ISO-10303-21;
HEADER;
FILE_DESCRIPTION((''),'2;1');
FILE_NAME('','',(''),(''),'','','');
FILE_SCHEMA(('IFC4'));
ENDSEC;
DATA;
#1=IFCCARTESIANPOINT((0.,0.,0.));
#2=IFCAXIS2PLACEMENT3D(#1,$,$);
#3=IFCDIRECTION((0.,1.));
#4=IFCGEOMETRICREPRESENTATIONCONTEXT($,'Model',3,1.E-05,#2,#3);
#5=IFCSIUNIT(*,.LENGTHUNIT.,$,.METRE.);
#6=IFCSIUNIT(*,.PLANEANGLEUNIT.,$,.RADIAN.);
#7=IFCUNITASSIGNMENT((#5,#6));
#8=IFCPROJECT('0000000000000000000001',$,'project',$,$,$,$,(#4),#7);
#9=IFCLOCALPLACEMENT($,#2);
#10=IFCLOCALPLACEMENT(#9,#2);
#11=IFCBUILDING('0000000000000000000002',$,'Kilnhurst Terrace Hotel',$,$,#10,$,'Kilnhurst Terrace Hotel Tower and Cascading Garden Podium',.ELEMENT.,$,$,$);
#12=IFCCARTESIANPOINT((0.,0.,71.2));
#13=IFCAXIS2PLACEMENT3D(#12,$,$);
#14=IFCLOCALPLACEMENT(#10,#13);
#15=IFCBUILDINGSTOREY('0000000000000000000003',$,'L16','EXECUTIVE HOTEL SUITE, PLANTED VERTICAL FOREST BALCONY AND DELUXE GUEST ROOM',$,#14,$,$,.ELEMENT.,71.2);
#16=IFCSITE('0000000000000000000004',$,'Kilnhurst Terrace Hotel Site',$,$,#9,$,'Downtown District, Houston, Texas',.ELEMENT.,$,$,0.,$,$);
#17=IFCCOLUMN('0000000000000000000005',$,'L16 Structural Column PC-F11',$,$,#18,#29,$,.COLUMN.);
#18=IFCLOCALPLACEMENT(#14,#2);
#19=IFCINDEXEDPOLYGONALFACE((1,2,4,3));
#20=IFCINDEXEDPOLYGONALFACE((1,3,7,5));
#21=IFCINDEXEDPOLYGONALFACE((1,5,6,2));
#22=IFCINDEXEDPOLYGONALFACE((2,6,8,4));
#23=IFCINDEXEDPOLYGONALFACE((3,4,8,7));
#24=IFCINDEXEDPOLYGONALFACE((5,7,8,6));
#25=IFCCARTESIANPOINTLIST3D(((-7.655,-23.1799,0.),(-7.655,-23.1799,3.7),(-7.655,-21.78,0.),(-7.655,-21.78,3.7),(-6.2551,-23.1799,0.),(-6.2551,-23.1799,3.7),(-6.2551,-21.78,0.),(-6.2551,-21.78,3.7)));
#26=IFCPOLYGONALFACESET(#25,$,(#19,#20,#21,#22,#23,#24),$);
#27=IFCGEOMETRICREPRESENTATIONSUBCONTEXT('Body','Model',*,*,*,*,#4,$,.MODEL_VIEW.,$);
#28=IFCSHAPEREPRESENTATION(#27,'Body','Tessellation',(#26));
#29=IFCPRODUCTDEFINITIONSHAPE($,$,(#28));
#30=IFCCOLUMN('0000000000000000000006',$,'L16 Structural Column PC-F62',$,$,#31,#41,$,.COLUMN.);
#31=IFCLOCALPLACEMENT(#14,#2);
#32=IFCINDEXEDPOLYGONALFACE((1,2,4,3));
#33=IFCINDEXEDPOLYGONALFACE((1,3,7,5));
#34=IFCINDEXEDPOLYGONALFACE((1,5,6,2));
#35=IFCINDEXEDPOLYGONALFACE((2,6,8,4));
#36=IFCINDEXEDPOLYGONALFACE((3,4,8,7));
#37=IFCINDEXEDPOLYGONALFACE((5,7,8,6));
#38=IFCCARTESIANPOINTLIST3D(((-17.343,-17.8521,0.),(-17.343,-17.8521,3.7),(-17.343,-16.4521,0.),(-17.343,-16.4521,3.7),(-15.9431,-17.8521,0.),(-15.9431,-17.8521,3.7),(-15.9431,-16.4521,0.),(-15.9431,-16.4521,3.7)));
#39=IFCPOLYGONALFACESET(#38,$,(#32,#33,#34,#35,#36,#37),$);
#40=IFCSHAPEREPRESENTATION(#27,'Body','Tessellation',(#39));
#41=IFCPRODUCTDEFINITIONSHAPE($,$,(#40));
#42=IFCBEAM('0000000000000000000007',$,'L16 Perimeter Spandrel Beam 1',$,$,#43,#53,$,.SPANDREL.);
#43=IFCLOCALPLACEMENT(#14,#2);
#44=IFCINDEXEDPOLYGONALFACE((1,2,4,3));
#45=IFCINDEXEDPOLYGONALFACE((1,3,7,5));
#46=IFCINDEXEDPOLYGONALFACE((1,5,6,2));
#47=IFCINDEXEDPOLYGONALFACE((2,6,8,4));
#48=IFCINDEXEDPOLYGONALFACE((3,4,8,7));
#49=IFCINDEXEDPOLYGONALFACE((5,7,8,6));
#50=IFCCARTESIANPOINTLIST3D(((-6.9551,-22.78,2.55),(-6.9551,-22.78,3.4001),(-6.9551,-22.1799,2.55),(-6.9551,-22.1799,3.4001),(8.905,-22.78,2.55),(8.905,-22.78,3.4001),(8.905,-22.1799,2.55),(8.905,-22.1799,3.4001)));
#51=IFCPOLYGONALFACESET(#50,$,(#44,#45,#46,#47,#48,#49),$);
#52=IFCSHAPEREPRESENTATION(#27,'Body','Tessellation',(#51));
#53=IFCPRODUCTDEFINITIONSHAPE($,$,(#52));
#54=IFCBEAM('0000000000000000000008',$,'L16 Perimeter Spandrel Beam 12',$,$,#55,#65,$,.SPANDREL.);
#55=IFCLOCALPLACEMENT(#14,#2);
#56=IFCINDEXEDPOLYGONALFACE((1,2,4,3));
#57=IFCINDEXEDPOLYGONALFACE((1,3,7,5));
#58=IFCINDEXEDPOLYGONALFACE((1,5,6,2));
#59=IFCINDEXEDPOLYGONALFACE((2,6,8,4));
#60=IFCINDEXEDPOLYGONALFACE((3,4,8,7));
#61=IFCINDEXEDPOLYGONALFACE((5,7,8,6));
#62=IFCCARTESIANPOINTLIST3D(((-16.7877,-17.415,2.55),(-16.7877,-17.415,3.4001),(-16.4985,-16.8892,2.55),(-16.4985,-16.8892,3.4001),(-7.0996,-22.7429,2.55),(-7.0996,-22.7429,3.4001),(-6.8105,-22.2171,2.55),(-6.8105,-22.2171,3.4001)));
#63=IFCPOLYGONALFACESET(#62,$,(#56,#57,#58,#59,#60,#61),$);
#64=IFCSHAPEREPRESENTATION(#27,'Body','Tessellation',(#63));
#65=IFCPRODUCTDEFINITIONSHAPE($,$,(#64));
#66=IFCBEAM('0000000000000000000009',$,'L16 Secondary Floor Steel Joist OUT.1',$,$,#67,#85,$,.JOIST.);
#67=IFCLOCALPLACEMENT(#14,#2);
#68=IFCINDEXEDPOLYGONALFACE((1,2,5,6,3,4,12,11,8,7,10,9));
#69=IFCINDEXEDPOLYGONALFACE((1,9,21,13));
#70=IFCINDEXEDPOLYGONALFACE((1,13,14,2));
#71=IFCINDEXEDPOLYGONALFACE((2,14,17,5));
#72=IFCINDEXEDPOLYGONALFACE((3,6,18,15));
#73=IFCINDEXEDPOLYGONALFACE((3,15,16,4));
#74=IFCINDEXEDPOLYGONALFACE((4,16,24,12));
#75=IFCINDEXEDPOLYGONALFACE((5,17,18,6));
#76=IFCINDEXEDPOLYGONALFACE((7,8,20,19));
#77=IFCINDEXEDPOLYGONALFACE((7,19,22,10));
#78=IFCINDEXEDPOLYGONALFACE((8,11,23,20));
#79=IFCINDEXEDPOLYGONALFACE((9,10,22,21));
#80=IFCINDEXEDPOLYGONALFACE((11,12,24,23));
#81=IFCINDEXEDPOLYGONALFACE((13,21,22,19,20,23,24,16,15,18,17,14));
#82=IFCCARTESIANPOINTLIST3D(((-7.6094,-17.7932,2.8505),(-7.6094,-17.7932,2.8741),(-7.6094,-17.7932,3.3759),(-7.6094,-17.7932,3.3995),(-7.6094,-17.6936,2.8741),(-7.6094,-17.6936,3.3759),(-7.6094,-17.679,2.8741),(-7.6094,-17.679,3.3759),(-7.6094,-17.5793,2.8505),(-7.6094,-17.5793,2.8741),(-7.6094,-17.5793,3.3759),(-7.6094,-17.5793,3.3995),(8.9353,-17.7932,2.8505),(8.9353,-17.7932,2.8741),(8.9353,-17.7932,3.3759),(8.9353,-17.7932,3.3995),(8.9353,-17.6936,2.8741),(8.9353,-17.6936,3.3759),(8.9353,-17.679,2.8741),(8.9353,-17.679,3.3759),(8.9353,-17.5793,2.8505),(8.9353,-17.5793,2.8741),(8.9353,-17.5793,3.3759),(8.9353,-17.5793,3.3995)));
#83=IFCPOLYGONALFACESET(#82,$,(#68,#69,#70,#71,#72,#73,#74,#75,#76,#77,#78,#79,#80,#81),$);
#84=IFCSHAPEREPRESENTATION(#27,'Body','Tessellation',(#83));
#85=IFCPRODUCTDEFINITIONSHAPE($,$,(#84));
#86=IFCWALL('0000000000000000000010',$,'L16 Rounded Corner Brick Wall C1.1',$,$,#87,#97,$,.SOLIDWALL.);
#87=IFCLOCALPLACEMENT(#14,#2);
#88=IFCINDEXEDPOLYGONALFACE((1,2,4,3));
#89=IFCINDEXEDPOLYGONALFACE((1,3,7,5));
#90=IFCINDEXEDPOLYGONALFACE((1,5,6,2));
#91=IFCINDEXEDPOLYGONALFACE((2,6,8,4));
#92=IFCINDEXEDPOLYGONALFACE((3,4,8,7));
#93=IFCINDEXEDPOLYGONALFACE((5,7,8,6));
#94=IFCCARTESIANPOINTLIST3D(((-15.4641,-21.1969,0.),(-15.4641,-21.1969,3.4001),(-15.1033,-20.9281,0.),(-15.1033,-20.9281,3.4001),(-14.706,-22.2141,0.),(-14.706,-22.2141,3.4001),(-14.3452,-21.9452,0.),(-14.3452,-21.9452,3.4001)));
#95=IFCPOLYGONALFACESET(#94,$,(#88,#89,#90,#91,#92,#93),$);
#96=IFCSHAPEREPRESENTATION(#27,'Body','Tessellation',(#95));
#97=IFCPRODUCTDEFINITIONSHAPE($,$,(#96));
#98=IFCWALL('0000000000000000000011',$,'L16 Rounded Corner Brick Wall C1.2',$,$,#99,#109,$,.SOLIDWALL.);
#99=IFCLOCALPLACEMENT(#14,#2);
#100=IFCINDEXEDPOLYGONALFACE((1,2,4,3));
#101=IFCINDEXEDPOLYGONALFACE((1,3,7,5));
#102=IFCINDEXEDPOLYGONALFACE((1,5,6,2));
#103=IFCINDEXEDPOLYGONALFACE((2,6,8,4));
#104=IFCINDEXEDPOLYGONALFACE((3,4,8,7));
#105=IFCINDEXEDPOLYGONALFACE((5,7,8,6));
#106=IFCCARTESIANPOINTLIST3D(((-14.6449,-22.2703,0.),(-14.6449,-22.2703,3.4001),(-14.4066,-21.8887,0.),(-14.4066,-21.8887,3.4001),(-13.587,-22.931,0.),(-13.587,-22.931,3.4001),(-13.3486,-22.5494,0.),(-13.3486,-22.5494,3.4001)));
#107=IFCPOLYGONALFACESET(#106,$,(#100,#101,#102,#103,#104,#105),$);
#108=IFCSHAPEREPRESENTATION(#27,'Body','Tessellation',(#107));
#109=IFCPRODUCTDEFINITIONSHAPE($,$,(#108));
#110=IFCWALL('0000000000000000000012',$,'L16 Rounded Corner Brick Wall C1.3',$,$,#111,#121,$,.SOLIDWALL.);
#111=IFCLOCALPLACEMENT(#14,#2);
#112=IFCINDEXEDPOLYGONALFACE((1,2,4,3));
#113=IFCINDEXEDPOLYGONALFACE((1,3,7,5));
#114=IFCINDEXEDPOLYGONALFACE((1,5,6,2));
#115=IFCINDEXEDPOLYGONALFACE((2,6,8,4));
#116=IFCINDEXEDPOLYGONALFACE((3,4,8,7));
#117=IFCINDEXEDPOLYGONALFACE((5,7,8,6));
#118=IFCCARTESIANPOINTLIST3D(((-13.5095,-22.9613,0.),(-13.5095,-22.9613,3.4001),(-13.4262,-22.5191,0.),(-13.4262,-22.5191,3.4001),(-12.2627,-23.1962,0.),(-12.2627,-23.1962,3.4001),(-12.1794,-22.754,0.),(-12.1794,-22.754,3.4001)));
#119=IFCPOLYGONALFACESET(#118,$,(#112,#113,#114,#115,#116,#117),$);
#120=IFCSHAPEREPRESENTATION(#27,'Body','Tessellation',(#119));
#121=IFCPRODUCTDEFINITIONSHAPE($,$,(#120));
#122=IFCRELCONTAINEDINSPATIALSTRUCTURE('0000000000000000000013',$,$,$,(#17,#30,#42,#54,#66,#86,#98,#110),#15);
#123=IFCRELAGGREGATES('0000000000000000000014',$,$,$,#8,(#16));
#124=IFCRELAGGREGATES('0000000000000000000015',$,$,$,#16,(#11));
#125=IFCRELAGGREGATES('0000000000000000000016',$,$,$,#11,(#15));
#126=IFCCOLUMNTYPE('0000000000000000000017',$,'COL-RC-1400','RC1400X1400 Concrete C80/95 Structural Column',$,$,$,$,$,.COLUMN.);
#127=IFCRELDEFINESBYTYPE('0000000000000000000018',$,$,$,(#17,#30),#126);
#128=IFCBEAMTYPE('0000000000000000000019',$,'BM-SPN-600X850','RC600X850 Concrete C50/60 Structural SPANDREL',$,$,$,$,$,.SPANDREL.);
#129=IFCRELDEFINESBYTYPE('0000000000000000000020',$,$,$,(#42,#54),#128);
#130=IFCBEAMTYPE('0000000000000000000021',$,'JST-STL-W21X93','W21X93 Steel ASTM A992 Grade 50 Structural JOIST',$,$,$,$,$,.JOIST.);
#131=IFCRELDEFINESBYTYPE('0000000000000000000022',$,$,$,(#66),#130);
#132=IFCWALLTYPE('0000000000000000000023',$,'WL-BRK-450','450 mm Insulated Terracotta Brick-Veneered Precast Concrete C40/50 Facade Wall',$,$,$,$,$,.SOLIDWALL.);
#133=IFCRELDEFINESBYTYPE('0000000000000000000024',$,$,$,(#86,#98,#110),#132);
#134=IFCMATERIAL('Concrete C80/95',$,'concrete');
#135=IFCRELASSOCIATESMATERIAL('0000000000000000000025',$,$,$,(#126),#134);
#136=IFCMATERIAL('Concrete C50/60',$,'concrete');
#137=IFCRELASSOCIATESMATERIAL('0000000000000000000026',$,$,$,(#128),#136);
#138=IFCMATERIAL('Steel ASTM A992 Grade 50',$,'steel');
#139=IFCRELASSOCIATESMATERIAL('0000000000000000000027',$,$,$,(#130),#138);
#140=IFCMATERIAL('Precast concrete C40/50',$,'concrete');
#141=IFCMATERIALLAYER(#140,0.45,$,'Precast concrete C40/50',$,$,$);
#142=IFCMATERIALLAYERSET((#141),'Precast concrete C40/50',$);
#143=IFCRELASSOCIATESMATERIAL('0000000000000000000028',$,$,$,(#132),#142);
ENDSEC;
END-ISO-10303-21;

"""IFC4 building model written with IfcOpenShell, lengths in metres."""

from ifc_helpers import new_model, si_unit, direction, frame, frame_2d, origin, origin_2d, place, context, subcontext, project, spatial, rectangle, i_section, extrude, material, layer, layer_set, material_profile, profile_set, type_object, element, save


model = new_model("IFC4")

# Units and contexts
model_context = context("Model", 3, precision=1e-05, world=origin(), true_north=direction((0.0, 1.0)))
body_context = subcontext(model_context, "Body", "Model", "MODEL_VIEW")
ifc_project = project(units=[si_unit("LENGTHUNIT", "METRE"), si_unit("PLANEANGLEUNIT", "RADIAN")], contexts=[model_context])

# Site, building, storey
site_placement = place(None, origin())
site = spatial("IfcSite", under=ifc_project, at=site_placement, Name="Kilnhurst Terrace Hotel Site", LongName="Downtown District, Houston, Texas", CompositionType="ELEMENT", RefElevation=0.0)
building_placement = place(site_placement, origin())
building = spatial("IfcBuilding", under=site, at=building_placement, Name="Kilnhurst Terrace Hotel", LongName="Kilnhurst Terrace Hotel Tower and Cascading Garden Podium", CompositionType="ELEMENT")
storey_placement = place(building_placement, frame((0.0, 0.0, 71.2)))
storey = spatial("IfcBuildingStorey", under=building, at=storey_placement, Name="L16", Description="EXECUTIVE HOTEL SUITE, PLANTED VERTICAL FOREST BALCONY AND DELUXE GUEST ROOM", CompositionType="ELEMENT", Elevation=71.2)

# Columns
ifc_material_1 = material(Name="Concrete C80/95", Category="concrete")
ifc_material_profile_1 = material_profile(ifc_material_1, rectangle(XDim=1.3999, YDim=1.3999, at=origin_2d()), Name="RC1400X1400")
ifc_profile_set_1 = profile_set([ifc_material_profile_1], Name="Concrete C80/95")
column_type = type_object("IfcColumnType", Name="COL-RC-1400", Description="RC1400X1400 Concrete C80/95 Structural Column", PredefinedType="COLUMN", material=ifc_profile_set_1)
for number, where, z_axis, x_axis, name in (
    (1, (-6.9551, -22.48, 0.0), (0.0, 0.0, 1.0), (1.0, 0.0, 0.0), "L16 Structural Column PC-F11"),
    (2, (-16.6431, -17.1521, 0.0), (0.0, 0.0, 1.0), (1.0, 0.0, 0.0), "L16 Structural Column PC-F62"),
):
    element("IfcColumn", number, at=place(storey_placement, frame(where, z_axis=z_axis, x_axis=x_axis)), inside=storey, type_object=column_type, Name=name, PredefinedType="COLUMN", context=body_context, shape_type="SweptSolid", body=[
        extrude(rectangle(XDim=1.3999, YDim=1.3999, at=origin_2d()), origin(), (0.0, 0.0, 1.0), 3.7),
    ])

# Beams
ifc_material_2 = material(Name="Concrete C50/60", Category="concrete")
ifc_material_profile_2 = material_profile(ifc_material_2, rectangle(XDim=0.6001, YDim=0.8501, at=origin_2d()), Name="RC600X850")
ifc_profile_set_2 = profile_set([ifc_material_profile_2], Name="Concrete C50/60")
beam_type_1 = type_object("IfcBeamType", Name="BM-SPN-600X850", Description="RC600X850 Concrete C50/60 Structural SPANDREL", PredefinedType="SPANDREL", material=ifc_profile_set_2)
beam_1_placement = place(storey_placement, frame((-6.9551, -22.48, 2.9751), z_axis=(1.0, 0.0, 0.0), x_axis=(0.0, 1.0, 0.0)))
element("IfcBeam", 3, at=beam_1_placement, inside=storey, type_object=beam_type_1, Name="L16 Perimeter Spandrel Beam 1", PredefinedType="SPANDREL", context=body_context, shape_type="SweptSolid", body=[
    extrude(rectangle(XDim=0.6001, YDim=0.8501, at=origin_2d()), origin(), (0.0, 0.0, 1.0), 15.8601),
])
beam_2_placement = place(storey_placement, frame((-16.6431, -17.1521, 2.9751), z_axis=(0.876235, -0.481883, 0.0), x_axis=(0.481883, 0.876235, 0.0)))
element("IfcBeam", 4, at=beam_2_placement, inside=storey, type_object=beam_type_1, Name="L16 Perimeter Spandrel Beam 12", PredefinedType="SPANDREL", context=body_context, shape_type="SweptSolid", body=[
    extrude(rectangle(XDim=0.6001, YDim=0.8501, at=origin_2d()), origin(), (0.0, 0.0, 1.0), 11.0564),
])
ifc_material_3 = material(Name="Steel ASTM A992 Grade 50", Category="steel")
ifc_material_profile_3 = material_profile(ifc_material_3, i_section(OverallWidth=0.2139, OverallDepth=0.5491, WebThickness=0.0146, FlangeThickness=0.0237, at=origin_2d()), Name="W21X93")
ifc_profile_set_3 = profile_set([ifc_material_profile_3], Name="Steel ASTM A992 Grade 50")
beam_type_2 = type_object("IfcBeamType", Name="JST-STL-W21X93", Description="W21X93 Steel ASTM A992 Grade 50 Structural JOIST", PredefinedType="JOIST", material=ifc_profile_set_3)
beam_3_placement = place(storey_placement, frame((-7.6094, -17.6863, 3.125), z_axis=(1.0, 0.0, 0.0), x_axis=(0.0, 1.0, 0.0)))
element("IfcBeam", 5, at=beam_3_placement, inside=storey, type_object=beam_type_2, Name="L16 Secondary Floor Steel Joist OUT.1", PredefinedType="JOIST", context=body_context, shape_type="SweptSolid", body=[
    extrude(i_section(OverallWidth=0.2139, OverallDepth=0.5491, WebThickness=0.0146, FlangeThickness=0.0237, at=origin_2d()), origin(), (0.0, 0.0, 1.0), 16.5447),
])

# Walls
ifc_material_4 = material(Name="Precast concrete C40/50", Category="concrete")
ifc_layer_1 = layer(ifc_material_4, 0.45, Name="Precast concrete C40/50")
ifc_layer_set_1 = layer_set([ifc_layer_1], Name="Precast concrete C40/50")
wall_type_1 = type_object("IfcWallType", Name="WL-BRK-450", Description="450 mm Insulated Terracotta Brick-Veneered Precast Concrete C40/50 Facade Wall", PredefinedType="SOLIDWALL", material=ifc_layer_set_1)
wall_1_placement = place(storey_placement, frame((-15.2837, -21.0625, 0.0), z_axis=(0.0, 0.0, 1.0), x_axis=(0.597595, -0.801798, 0.0)))
element("IfcWall", 6, at=wall_1_placement, inside=storey, type_object=wall_type_1, Name="L16 Rounded Corner Brick Wall C1.1", PredefinedType="SOLIDWALL", context=body_context, shape_type="SweptSolid", body=[
    extrude(rectangle(XDim=1.2686, YDim=0.45, at=frame_2d((0.6343, 0.0))), origin(), (0.0, 0.0, 1.0), 3.4001),
])
wall_2_placement = place(storey_placement, frame((-14.5256, -22.0796, 0.0), z_axis=(0.0, 0.0, 1.0), x_axis=(0.848185, -0.5297, 0.0)))
element("IfcWall", 7, at=wall_2_placement, inside=storey, type_object=wall_type_1, Name="L16 Rounded Corner Brick Wall C1.2", PredefinedType="SOLIDWALL", context=body_context, shape_type="SweptSolid", body=[
    extrude(rectangle(XDim=1.2473, YDim=0.45, at=frame_2d((0.6235, 0.0))), origin(), (0.0, 0.0, 1.0), 3.4001),
])
wall_3_placement = place(storey_placement, frame((-13.4678, -22.7402, 0.0), z_axis=(0.0, 0.0, 1.0), x_axis=(0.982717, -0.185113, 0.0)))
element("IfcWall", 8, at=wall_3_placement, inside=storey, type_object=wall_type_1, Name="L16 Rounded Corner Brick Wall C1.3", PredefinedType="SOLIDWALL", context=body_context, shape_type="SweptSolid", body=[
    extrude(rectangle(XDim=1.2688, YDim=0.45, at=frame_2d((0.6343, 0.0))), origin(), (0.0, 0.0, 1.0), 3.4001),
])

save(model, "model.ifc")
